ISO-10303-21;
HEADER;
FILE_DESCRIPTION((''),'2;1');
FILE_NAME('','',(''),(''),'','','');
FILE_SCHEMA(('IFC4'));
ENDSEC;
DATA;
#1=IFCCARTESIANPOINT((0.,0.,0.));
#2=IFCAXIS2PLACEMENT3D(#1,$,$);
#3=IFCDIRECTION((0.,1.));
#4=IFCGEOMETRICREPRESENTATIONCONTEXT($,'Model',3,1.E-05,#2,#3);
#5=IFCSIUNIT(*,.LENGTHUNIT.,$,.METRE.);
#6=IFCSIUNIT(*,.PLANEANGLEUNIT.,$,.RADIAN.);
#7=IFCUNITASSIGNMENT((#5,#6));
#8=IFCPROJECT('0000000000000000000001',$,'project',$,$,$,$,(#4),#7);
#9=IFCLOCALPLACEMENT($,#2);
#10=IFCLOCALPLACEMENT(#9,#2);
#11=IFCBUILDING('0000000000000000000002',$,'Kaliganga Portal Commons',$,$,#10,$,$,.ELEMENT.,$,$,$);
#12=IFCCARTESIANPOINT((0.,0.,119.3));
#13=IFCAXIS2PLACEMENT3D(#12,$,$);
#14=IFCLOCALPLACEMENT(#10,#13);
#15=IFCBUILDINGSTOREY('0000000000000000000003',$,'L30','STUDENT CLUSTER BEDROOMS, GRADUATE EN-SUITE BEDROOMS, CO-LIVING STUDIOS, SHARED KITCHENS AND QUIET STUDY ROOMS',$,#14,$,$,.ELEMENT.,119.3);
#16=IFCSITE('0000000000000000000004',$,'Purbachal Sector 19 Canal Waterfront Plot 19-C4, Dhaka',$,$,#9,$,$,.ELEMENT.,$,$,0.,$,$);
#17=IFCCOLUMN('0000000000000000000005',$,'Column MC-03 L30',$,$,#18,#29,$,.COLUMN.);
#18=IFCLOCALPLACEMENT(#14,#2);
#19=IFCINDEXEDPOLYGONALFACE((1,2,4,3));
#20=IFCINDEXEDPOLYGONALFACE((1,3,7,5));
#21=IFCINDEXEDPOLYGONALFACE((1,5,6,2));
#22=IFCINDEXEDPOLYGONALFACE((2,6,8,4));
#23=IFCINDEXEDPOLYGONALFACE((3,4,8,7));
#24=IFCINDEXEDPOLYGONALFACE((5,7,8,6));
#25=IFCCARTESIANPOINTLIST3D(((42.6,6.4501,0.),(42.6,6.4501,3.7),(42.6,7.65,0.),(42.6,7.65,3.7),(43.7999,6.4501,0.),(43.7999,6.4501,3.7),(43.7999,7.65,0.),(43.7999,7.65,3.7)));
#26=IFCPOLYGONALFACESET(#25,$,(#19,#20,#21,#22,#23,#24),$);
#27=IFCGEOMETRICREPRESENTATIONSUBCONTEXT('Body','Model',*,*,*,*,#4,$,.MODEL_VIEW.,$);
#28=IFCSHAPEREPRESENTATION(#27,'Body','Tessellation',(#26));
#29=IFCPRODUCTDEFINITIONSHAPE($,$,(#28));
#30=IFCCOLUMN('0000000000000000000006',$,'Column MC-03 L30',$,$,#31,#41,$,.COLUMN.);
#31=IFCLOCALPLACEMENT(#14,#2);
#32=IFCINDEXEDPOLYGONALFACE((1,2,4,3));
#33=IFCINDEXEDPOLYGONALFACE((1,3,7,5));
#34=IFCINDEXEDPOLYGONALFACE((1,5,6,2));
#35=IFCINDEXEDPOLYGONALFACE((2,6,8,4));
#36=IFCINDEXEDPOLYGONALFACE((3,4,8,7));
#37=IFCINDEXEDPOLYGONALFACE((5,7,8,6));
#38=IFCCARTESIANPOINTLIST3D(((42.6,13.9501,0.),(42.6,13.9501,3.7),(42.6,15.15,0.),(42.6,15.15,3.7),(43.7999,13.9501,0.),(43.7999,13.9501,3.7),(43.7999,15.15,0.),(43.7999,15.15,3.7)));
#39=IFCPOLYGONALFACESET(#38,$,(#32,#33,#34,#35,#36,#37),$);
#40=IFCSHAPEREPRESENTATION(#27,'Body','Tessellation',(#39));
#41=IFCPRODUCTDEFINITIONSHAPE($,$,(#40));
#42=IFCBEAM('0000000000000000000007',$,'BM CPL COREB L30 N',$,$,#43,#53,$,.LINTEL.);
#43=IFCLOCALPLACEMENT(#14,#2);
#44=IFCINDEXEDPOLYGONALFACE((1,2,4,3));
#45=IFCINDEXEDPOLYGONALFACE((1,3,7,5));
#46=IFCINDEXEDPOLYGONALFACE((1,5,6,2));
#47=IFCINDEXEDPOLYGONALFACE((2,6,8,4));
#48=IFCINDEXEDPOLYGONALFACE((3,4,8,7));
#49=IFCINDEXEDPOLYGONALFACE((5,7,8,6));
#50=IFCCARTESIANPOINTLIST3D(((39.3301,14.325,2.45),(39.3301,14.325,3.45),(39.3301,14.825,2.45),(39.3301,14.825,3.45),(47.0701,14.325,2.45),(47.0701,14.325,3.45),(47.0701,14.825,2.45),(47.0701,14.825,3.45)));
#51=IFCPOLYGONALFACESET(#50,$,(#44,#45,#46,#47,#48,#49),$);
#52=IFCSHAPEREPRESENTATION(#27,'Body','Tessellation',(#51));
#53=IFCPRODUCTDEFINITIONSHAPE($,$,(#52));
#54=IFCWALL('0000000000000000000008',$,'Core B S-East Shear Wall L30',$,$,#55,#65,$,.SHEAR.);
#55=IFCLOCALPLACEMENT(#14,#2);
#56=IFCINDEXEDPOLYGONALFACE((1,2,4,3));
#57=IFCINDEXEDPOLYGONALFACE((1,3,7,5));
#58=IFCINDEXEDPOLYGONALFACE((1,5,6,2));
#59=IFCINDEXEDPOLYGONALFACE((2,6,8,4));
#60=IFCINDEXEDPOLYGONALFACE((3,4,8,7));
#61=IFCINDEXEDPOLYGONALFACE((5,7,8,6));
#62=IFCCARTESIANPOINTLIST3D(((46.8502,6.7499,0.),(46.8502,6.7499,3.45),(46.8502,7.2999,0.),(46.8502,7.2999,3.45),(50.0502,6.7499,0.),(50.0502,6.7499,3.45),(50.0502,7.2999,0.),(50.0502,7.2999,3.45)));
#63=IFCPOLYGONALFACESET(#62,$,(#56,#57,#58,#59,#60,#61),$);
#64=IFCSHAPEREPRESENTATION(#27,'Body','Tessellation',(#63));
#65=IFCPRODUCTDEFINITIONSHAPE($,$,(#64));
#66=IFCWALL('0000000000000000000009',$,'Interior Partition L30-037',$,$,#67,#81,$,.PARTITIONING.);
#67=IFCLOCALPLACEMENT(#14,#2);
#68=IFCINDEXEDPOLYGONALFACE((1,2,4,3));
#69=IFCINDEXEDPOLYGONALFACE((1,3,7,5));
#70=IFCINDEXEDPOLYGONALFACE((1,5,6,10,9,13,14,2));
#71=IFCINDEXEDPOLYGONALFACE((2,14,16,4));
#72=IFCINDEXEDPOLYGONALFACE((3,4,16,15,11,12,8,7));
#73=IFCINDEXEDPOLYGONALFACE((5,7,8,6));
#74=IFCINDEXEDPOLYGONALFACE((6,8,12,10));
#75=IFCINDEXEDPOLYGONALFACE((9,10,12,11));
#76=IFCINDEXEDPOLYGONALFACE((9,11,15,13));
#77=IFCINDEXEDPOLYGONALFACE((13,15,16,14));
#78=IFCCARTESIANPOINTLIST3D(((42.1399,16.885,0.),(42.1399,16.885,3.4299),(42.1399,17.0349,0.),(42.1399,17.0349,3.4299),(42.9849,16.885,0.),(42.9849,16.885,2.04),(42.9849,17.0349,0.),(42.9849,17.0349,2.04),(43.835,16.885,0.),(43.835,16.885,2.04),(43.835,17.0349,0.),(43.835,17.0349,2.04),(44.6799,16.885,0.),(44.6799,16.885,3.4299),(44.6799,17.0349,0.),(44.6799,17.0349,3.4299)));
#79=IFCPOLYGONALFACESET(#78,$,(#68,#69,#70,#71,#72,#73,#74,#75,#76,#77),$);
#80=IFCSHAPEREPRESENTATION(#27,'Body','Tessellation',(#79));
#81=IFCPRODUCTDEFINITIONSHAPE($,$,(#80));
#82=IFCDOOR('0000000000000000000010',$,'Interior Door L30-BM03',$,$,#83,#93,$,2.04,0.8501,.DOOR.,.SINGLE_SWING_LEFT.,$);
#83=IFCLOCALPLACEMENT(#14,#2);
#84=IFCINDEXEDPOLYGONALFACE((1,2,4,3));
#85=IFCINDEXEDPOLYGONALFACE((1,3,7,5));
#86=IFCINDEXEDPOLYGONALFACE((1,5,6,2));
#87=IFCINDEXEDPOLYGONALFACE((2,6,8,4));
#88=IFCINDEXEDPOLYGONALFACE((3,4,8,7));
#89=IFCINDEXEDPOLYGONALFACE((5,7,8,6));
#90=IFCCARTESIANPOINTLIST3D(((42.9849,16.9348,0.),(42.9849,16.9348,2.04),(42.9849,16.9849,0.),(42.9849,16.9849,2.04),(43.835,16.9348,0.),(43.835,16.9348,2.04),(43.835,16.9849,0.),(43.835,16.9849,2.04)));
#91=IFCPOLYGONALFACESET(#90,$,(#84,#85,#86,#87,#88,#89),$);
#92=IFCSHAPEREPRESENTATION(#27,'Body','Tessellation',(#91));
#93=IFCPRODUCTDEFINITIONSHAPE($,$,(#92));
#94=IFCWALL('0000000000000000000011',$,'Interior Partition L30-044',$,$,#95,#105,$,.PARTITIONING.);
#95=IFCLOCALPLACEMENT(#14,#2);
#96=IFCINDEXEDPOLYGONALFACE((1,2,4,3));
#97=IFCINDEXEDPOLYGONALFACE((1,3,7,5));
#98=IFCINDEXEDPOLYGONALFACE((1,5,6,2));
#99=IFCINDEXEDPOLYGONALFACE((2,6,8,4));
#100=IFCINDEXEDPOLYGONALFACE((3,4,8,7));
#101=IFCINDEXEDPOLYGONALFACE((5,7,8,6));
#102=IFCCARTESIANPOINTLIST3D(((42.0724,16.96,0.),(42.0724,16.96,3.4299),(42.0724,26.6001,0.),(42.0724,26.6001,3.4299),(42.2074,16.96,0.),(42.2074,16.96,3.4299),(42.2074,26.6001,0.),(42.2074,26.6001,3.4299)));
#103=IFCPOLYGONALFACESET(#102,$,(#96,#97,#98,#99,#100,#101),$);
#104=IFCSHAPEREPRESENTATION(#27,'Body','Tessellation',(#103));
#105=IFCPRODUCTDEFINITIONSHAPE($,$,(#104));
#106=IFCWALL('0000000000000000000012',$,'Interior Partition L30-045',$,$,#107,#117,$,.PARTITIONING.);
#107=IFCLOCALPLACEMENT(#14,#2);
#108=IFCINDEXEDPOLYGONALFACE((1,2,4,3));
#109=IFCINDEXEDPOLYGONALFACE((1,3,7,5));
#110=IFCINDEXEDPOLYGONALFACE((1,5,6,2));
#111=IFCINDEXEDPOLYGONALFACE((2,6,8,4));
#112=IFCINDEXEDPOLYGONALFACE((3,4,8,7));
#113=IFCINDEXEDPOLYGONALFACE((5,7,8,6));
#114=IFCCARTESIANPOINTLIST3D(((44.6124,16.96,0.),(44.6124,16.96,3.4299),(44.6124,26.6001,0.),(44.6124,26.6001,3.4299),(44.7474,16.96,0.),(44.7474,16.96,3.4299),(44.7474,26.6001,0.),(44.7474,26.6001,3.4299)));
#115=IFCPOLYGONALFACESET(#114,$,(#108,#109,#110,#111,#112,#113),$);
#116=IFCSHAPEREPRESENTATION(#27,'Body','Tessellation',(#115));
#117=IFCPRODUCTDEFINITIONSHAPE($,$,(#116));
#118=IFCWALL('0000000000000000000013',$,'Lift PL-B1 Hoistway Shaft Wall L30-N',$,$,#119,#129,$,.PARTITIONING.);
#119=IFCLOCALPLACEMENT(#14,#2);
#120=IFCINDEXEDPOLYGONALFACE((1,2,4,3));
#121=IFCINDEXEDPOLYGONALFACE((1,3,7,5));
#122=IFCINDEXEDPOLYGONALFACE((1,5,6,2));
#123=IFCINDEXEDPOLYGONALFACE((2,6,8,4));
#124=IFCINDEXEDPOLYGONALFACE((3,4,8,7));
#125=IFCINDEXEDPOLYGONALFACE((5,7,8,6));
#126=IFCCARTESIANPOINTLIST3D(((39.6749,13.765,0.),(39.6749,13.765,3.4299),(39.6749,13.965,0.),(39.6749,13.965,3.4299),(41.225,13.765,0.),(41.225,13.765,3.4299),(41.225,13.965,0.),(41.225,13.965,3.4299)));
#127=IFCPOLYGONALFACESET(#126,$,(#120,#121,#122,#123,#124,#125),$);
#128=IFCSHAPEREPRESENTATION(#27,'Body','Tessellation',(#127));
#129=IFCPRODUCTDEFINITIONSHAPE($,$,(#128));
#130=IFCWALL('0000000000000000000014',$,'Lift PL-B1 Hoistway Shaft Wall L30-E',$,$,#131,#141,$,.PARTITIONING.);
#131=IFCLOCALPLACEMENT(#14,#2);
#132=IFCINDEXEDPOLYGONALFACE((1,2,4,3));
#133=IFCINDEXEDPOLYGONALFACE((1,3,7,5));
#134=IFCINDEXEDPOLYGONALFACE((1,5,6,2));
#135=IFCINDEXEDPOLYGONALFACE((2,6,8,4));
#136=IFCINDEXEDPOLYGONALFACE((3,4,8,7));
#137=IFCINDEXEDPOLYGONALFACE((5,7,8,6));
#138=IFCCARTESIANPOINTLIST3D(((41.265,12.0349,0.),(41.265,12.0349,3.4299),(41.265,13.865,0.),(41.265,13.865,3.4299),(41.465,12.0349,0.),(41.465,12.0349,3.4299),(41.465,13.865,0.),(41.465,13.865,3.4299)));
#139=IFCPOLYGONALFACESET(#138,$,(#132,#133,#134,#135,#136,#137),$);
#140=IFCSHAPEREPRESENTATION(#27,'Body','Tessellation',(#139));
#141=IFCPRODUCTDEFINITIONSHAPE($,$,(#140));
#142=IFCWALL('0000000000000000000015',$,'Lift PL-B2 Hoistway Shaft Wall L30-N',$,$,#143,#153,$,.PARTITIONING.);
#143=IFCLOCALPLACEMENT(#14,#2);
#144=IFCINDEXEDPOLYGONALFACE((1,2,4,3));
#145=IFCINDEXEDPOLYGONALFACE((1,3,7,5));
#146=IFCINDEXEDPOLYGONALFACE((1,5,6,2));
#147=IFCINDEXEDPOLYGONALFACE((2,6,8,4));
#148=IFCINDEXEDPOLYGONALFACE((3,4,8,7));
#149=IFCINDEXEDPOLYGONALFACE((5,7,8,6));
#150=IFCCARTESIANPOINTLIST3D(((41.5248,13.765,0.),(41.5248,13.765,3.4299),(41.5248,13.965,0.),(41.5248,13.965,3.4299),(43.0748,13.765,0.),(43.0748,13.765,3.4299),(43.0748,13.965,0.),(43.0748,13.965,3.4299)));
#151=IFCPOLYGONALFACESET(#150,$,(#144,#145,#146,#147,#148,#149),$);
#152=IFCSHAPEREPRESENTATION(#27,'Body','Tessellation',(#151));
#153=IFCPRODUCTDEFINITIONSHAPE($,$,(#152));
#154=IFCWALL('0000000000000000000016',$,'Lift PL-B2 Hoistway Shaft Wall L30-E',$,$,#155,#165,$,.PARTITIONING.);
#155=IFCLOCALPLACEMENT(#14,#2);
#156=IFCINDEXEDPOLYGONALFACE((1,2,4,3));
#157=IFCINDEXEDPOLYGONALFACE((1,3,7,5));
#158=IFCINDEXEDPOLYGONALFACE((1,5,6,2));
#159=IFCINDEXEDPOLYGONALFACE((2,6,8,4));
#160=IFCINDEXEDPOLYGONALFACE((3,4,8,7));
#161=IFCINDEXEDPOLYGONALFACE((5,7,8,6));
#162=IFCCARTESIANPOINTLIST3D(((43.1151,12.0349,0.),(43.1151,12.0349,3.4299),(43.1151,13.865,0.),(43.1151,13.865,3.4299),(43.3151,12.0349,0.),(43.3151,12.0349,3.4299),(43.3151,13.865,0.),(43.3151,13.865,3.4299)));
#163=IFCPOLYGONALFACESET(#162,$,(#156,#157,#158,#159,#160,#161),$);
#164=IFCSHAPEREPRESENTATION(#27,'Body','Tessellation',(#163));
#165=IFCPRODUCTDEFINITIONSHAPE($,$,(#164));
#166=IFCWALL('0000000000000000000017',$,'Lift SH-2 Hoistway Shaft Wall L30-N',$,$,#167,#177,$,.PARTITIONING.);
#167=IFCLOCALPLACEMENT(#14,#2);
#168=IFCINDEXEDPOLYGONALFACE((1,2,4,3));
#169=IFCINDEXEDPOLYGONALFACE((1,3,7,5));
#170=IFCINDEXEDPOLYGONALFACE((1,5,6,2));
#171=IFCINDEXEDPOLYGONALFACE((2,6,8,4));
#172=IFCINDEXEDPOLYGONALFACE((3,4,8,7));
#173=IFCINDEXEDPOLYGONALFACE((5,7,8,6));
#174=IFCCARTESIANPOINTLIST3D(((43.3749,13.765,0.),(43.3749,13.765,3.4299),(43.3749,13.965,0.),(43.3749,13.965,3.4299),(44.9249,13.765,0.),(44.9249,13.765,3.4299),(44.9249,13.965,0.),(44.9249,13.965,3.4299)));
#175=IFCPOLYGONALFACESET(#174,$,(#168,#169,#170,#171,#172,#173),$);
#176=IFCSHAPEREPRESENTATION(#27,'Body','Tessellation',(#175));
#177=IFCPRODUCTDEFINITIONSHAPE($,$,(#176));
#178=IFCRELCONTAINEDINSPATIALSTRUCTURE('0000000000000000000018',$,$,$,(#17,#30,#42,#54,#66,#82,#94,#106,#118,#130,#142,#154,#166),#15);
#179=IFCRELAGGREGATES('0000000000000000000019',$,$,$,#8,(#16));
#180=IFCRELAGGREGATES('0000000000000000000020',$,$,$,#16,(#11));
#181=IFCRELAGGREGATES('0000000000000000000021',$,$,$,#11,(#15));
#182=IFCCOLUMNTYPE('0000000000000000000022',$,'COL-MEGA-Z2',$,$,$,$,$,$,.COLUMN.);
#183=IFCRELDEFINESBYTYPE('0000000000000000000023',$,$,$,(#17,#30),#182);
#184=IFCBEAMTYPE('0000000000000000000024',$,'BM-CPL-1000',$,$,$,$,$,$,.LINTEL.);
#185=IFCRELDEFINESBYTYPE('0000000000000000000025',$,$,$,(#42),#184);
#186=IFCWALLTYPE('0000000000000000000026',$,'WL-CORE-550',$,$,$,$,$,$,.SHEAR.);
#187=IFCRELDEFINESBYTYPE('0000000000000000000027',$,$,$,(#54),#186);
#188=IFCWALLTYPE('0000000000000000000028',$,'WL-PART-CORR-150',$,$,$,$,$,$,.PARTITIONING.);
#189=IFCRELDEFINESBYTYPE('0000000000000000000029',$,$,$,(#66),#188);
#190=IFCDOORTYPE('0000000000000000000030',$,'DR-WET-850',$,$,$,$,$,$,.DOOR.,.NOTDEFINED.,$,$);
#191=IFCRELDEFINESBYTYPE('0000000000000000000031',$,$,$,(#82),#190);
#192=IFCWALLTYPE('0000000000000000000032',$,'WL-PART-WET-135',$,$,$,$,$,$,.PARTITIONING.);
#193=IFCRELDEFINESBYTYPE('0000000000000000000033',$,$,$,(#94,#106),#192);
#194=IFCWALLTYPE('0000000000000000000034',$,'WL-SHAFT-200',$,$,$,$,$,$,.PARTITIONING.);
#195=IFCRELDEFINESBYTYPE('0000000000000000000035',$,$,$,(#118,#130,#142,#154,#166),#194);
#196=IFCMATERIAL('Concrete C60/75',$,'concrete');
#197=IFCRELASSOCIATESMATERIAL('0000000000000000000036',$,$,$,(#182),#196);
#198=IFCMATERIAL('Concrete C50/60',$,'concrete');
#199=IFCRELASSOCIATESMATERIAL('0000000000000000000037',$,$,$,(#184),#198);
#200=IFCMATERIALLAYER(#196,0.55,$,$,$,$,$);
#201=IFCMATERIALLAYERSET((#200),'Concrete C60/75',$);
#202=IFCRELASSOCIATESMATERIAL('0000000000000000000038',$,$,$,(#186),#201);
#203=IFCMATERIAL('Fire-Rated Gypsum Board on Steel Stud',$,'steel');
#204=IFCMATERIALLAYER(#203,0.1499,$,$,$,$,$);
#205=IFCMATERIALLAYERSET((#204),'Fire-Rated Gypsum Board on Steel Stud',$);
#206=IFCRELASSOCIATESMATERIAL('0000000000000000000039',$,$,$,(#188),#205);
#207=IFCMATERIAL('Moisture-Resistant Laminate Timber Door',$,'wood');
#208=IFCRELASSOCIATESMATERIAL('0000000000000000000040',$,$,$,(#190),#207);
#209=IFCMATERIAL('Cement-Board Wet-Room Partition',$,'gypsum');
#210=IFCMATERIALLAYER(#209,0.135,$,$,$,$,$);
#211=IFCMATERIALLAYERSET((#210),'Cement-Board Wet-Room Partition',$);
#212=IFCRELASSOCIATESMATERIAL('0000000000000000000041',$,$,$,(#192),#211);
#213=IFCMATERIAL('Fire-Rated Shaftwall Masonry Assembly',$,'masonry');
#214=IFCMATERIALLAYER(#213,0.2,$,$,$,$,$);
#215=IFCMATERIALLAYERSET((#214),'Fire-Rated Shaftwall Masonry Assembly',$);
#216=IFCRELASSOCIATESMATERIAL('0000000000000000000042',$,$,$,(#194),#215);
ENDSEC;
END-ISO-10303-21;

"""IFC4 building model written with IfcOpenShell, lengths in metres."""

from ifc_helpers import new_model, si_unit, direction, frame, frame_2d, origin, origin_2d, place, context, subcontext, project, spatial, rectangle, extrude, source, transform, mapped, material, layer, layer_set, material_profile, profile_set, type_object, element, fill, save


model = new_model("IFC4")

# Units and contexts
model_context = context("Model", 3, precision=1e-05, world=origin(), true_north=direction((0.0, 1.0)))
body_context = subcontext(model_context, "Body", "Model", "MODEL_VIEW")
ifc_project = project(units=[si_unit("LENGTHUNIT", "METRE"), si_unit("PLANEANGLEUNIT", "RADIAN")], contexts=[model_context])

# Site, building, storey
site_placement = place(None, origin())
site = spatial("IfcSite", under=ifc_project, at=site_placement, Name="Purbachal Sector 19 Canal Waterfront Plot 19-C4, Dhaka", CompositionType="ELEMENT", RefElevation=0.0)
building_placement = place(site_placement, origin())
building = spatial("IfcBuilding", under=site, at=building_placement, Name="Kaliganga Portal Commons", CompositionType="ELEMENT")
storey_placement = place(building_placement, frame((0.0, 0.0, 119.3)))
storey = spatial("IfcBuildingStorey", under=building, at=storey_placement, Name="L30", Description="STUDENT CLUSTER BEDROOMS, GRADUATE EN-SUITE BEDROOMS, CO-LIVING STUDIOS, SHARED KITCHENS AND QUIET STUDY ROOMS", CompositionType="ELEMENT", Elevation=119.3)

# Columns
ifc_material_1 = material(Name="Concrete C60/75", Category="concrete")
ifc_material_profile_1 = material_profile(ifc_material_1, rectangle(XDim=1.2, YDim=1.2, at=origin_2d()), Name="RC 1200x1200")
ifc_profile_set_1 = profile_set([ifc_material_profile_1], Name="Concrete C60/75")
column_type = type_object("IfcColumnType", Name="COL-MEGA-Z2", PredefinedType="COLUMN", material=ifc_profile_set_1)
shared_shape_1 = source(origin(), body_context, "Body", "SweptSolid", [
    extrude(rectangle(XDim=1.2, YDim=1.2, at=origin_2d()), origin(), (0.0, 0.0, 1.0), 3.7),
])
for number, where, z_axis, x_axis, name in (
    (1, (43.2, 7.05, 0.0), (0.0, 0.0, 1.0), (1.0, 0.0, 0.0), "Column MC-03 L30"),
    (2, (43.2, 14.55, 0.0), (0.0, 0.0, 1.0), (1.0, 0.0, 0.0), "Column MC-03 L30"),
):
    element("IfcColumn", number, at=place(storey_placement, frame(where, z_axis=z_axis, x_axis=x_axis)), inside=storey, type_object=column_type, Name=name, PredefinedType="COLUMN", context=body_context, shape_type="MappedRepresentation", body=[
        mapped(shared_shape_1, transform((0.0, 0.0, 0.0), x_axis=(1.0, 0.0, 0.0), y_axis=(0.0, 1.0, 0.0), z_axis=(0.0, 0.0, 1.0), scale=1.0)),
    ])

# Beam
ifc_material_2 = material(Name="Concrete C50/60", Category="concrete")
ifc_material_profile_2 = material_profile(ifc_material_2, rectangle(XDim=0.5, YDim=1.0, at=origin_2d()), Name="RC 500x1000")
ifc_profile_set_2 = profile_set([ifc_material_profile_2], Name="Concrete C50/60")
beam_type = type_object("IfcBeamType", Name="BM-CPL-1000", PredefinedType="LINTEL", material=ifc_profile_set_2)
shared_shape_2 = source(origin(), body_context, "Body", "SweptSolid", [
    extrude(rectangle(XDim=0.5, YDim=1.0, at=origin_2d()), origin(), (0.0, 0.0, 1.0), 7.74),
])
beam_placement = place(storey_placement, frame((39.3301, 14.575, 2.95), z_axis=(1.0, 0.0, 0.0), x_axis=(0.0, 1.0, 0.0)))
element("IfcBeam", 3, at=beam_placement, inside=storey, type_object=beam_type, Name="BM CPL COREB L30 N", PredefinedType="LINTEL", context=body_context, shape_type="MappedRepresentation", body=[
    mapped(shared_shape_2, transform((0.0, 0.0, 0.0), x_axis=(1.0, 0.0, 0.0), y_axis=(0.0, 1.0, 0.0), z_axis=(0.0, 0.0, 1.0), scale=1.0)),
])

# Wall
ifc_layer_1 = layer(ifc_material_1, 0.55)
ifc_layer_set_1 = layer_set([ifc_layer_1], Name="Concrete C60/75")
wall_type_1 = type_object("IfcWallType", Name="WL-CORE-550", PredefinedType="SHEAR", material=ifc_layer_set_1)
wall_1_placement = place(storey_placement, frame((46.8501, 7.0249, 0.0), z_axis=(0.0, 0.0, 1.0), x_axis=(1.0, 0.0, 0.0)))
element("IfcWall", 4, at=wall_1_placement, inside=storey, type_object=wall_type_1, Name="Core B S-East Shear Wall L30", PredefinedType="SHEAR", context=body_context, shape_type="SweptSolid", body=[
    extrude(rectangle(XDim=3.2, YDim=0.55, at=frame_2d((1.6001, 0.0))), origin(), (0.0, 0.0, 1.0), 3.45),
])

# Wall, opening, door
ifc_material_3 = material(Name="Fire-Rated Gypsum Board on Steel Stud", Category="steel")
ifc_layer_2 = layer(ifc_material_3, 0.1499)
ifc_layer_set_2 = layer_set([ifc_layer_2], Name="Fire-Rated Gypsum Board on Steel Stud")
wall_type_2 = type_object("IfcWallType", Name="WL-PART-CORR-150", PredefinedType="PARTITIONING", material=ifc_layer_set_2)
wall_2_placement = place(storey_placement, frame((42.1399, 16.96, 0.0), z_axis=(0.0, 0.0, 1.0), x_axis=(1.0, 0.0, 0.0)))
wall_2 = element("IfcWall", 5, at=wall_2_placement, inside=storey, type_object=wall_type_2, Name="Interior Partition L30-037", PredefinedType="PARTITIONING", context=body_context, shape_type="SweptSolid", body=[
    extrude(rectangle(XDim=2.54, YDim=0.1499, at=frame_2d((1.27, 0.0))), origin(), (0.0, 0.0, 1.0), 3.4299),
])
opening_1_placement = place(wall_2_placement, frame((0.845, 0.0, 0.0)))
opening_1 = element("IfcOpeningElement", 6, at=opening_1_placement, cuts=wall_2, PredefinedType="OPENING", context=body_context, shape_type="SweptSolid", body=[
    extrude(rectangle(XDim=0.8501, YDim=2.04, at=frame_2d((0.425, 1.02))), frame((0.0, 0.085, 0.0), z_axis=(0.0, -1.0, 0.0), x_axis=(1.0, 0.0, 0.0)), (0.0, 0.0, 1.0), 0.1699),
])
ifc_material_4 = material(Name="Moisture-Resistant Laminate Timber Door", Category="wood")
door_type_1 = type_object("IfcDoorType", Name="DR-WET-850", OperationType="NOTDEFINED", PredefinedType="DOOR", material=ifc_material_4)
door_1_placement = place(opening_1_placement, origin())
door_1 = element("IfcDoor", 7, at=door_1_placement, inside=storey, type_object=door_type_1, Name="Interior Door L30-BM03", OperationType="SINGLE_SWING_LEFT", OverallHeight=2.04, OverallWidth=0.8501, PredefinedType="DOOR", context=body_context, shape_type="SweptSolid", body=[
    extrude(rectangle(XDim=0.8501, YDim=2.04, at=frame_2d((0.425, 1.02))), frame((0.0, 0.0249, 0.0), z_axis=(0.0, -1.0, 0.0), x_axis=(1.0, 0.0, 0.0)), (0.0, 0.0, 1.0), 0.05),
])
fill(opening_1, door_1)

# Walls
ifc_material_5 = material(Name="Cement-Board Wet-Room Partition", Category="gypsum")
ifc_layer_3 = layer(ifc_material_5, 0.135)
ifc_layer_set_3 = layer_set([ifc_layer_3], Name="Cement-Board Wet-Room Partition")
wall_type_3 = type_object("IfcWallType", Name="WL-PART-WET-135", PredefinedType="PARTITIONING", material=ifc_layer_set_3)
for number, where, z_axis, x_axis, name in (
    (8, (42.1399, 16.96, 0.0), (0.0, 0.0, 1.0), (0.0, 1.0, 0.0), "Interior Partition L30-044"),
    (9, (44.6799, 16.96, 0.0), (0.0, 0.0, 1.0), (0.0, 1.0, 0.0), "Interior Partition L30-045"),
):
    element("IfcWall", number, at=place(storey_placement, frame(where, z_axis=z_axis, x_axis=x_axis)), inside=storey, type_object=wall_type_3, Name=name, PredefinedType="PARTITIONING", context=body_context, shape_type="SweptSolid", body=[
        extrude(rectangle(XDim=9.6401, YDim=0.135, at=frame_2d((4.8201, 0.0))), origin(), (0.0, 0.0, 1.0), 3.4299),
    ])

# Shared definitions
ifc_material_6 = material(Name="Fire-Rated Shaftwall Masonry Assembly", Category="masonry")
ifc_layer_4 = layer(ifc_material_6, 0.2)
ifc_layer_set_4 = layer_set([ifc_layer_4], Name="Fire-Rated Shaftwall Masonry Assembly")
wall_type_4 = type_object("IfcWallType", Name="WL-SHAFT-200", PredefinedType="PARTITIONING", material=ifc_layer_set_4)

# Walls
wall_3_placement = place(storey_placement, frame((39.675, 13.865, 0.0), z_axis=(0.0, 0.0, 1.0), x_axis=(1.0, 0.0, 0.0)))
element("IfcWall", 10, at=wall_3_placement, inside=storey, type_object=wall_type_4, Name="Lift PL-B1 Hoistway Shaft Wall L30-N", PredefinedType="PARTITIONING", context=body_context, shape_type="SweptSolid", body=[
    extrude(rectangle(XDim=1.55, YDim=0.2, at=frame_2d((0.7749, 0.0))), origin(), (0.0, 0.0, 1.0), 3.4299),
])
wall_4_placement = place(storey_placement, frame((41.365, 12.0349, 0.0), z_axis=(0.0, 0.0, 1.0), x_axis=(0.0, 1.0, 0.0)))
element("IfcWall", 11, at=wall_4_placement, inside=storey, type_object=wall_type_4, Name="Lift PL-B1 Hoistway Shaft Wall L30-E", PredefinedType="PARTITIONING", context=body_context, shape_type="SweptSolid", body=[
    extrude(rectangle(XDim=1.8301, YDim=0.2, at=frame_2d((0.915, 0.0))), origin(), (0.0, 0.0, 1.0), 3.4299),
])

# Walls
wall_5_placement = place(storey_placement, frame((41.5249, 13.865, 0.0), z_axis=(0.0, 0.0, 1.0), x_axis=(1.0, 0.0, 0.0)))
element("IfcWall", 12, at=wall_5_placement, inside=storey, type_object=wall_type_4, Name="Lift PL-B2 Hoistway Shaft Wall L30-N", PredefinedType="PARTITIONING", context=body_context, shape_type="SweptSolid", body=[
    extrude(rectangle(XDim=1.55, YDim=0.2, at=frame_2d((0.7749, 0.0))), origin(), (0.0, 0.0, 1.0), 3.4299),
])
wall_6_placement = place(storey_placement, frame((43.2151, 12.0349, 0.0), z_axis=(0.0, 0.0, 1.0), x_axis=(0.0, 1.0, 0.0)))
element("IfcWall", 13, at=wall_6_placement, inside=storey, type_object=wall_type_4, Name="Lift PL-B2 Hoistway Shaft Wall L30-E", PredefinedType="PARTITIONING", context=body_context, shape_type="SweptSolid", body=[
    extrude(rectangle(XDim=1.8301, YDim=0.2, at=frame_2d((0.915, 0.0))), origin(), (0.0, 0.0, 1.0), 3.4299),
])

# Wall
wall_7_placement = place(storey_placement, frame((43.375, 13.865, 0.0), z_axis=(0.0, 0.0, 1.0), x_axis=(1.0, 0.0, 0.0)))
element("IfcWall", 14, at=wall_7_placement, inside=storey, type_object=wall_type_4, Name="Lift SH-2 Hoistway Shaft Wall L30-N", PredefinedType="PARTITIONING", context=body_context, shape_type="SweptSolid", body=[
    extrude(rectangle(XDim=1.55, YDim=0.2, at=frame_2d((0.7749, 0.0))), origin(), (0.0, 0.0, 1.0), 3.4299),
])

save(model, "model.ifc")
